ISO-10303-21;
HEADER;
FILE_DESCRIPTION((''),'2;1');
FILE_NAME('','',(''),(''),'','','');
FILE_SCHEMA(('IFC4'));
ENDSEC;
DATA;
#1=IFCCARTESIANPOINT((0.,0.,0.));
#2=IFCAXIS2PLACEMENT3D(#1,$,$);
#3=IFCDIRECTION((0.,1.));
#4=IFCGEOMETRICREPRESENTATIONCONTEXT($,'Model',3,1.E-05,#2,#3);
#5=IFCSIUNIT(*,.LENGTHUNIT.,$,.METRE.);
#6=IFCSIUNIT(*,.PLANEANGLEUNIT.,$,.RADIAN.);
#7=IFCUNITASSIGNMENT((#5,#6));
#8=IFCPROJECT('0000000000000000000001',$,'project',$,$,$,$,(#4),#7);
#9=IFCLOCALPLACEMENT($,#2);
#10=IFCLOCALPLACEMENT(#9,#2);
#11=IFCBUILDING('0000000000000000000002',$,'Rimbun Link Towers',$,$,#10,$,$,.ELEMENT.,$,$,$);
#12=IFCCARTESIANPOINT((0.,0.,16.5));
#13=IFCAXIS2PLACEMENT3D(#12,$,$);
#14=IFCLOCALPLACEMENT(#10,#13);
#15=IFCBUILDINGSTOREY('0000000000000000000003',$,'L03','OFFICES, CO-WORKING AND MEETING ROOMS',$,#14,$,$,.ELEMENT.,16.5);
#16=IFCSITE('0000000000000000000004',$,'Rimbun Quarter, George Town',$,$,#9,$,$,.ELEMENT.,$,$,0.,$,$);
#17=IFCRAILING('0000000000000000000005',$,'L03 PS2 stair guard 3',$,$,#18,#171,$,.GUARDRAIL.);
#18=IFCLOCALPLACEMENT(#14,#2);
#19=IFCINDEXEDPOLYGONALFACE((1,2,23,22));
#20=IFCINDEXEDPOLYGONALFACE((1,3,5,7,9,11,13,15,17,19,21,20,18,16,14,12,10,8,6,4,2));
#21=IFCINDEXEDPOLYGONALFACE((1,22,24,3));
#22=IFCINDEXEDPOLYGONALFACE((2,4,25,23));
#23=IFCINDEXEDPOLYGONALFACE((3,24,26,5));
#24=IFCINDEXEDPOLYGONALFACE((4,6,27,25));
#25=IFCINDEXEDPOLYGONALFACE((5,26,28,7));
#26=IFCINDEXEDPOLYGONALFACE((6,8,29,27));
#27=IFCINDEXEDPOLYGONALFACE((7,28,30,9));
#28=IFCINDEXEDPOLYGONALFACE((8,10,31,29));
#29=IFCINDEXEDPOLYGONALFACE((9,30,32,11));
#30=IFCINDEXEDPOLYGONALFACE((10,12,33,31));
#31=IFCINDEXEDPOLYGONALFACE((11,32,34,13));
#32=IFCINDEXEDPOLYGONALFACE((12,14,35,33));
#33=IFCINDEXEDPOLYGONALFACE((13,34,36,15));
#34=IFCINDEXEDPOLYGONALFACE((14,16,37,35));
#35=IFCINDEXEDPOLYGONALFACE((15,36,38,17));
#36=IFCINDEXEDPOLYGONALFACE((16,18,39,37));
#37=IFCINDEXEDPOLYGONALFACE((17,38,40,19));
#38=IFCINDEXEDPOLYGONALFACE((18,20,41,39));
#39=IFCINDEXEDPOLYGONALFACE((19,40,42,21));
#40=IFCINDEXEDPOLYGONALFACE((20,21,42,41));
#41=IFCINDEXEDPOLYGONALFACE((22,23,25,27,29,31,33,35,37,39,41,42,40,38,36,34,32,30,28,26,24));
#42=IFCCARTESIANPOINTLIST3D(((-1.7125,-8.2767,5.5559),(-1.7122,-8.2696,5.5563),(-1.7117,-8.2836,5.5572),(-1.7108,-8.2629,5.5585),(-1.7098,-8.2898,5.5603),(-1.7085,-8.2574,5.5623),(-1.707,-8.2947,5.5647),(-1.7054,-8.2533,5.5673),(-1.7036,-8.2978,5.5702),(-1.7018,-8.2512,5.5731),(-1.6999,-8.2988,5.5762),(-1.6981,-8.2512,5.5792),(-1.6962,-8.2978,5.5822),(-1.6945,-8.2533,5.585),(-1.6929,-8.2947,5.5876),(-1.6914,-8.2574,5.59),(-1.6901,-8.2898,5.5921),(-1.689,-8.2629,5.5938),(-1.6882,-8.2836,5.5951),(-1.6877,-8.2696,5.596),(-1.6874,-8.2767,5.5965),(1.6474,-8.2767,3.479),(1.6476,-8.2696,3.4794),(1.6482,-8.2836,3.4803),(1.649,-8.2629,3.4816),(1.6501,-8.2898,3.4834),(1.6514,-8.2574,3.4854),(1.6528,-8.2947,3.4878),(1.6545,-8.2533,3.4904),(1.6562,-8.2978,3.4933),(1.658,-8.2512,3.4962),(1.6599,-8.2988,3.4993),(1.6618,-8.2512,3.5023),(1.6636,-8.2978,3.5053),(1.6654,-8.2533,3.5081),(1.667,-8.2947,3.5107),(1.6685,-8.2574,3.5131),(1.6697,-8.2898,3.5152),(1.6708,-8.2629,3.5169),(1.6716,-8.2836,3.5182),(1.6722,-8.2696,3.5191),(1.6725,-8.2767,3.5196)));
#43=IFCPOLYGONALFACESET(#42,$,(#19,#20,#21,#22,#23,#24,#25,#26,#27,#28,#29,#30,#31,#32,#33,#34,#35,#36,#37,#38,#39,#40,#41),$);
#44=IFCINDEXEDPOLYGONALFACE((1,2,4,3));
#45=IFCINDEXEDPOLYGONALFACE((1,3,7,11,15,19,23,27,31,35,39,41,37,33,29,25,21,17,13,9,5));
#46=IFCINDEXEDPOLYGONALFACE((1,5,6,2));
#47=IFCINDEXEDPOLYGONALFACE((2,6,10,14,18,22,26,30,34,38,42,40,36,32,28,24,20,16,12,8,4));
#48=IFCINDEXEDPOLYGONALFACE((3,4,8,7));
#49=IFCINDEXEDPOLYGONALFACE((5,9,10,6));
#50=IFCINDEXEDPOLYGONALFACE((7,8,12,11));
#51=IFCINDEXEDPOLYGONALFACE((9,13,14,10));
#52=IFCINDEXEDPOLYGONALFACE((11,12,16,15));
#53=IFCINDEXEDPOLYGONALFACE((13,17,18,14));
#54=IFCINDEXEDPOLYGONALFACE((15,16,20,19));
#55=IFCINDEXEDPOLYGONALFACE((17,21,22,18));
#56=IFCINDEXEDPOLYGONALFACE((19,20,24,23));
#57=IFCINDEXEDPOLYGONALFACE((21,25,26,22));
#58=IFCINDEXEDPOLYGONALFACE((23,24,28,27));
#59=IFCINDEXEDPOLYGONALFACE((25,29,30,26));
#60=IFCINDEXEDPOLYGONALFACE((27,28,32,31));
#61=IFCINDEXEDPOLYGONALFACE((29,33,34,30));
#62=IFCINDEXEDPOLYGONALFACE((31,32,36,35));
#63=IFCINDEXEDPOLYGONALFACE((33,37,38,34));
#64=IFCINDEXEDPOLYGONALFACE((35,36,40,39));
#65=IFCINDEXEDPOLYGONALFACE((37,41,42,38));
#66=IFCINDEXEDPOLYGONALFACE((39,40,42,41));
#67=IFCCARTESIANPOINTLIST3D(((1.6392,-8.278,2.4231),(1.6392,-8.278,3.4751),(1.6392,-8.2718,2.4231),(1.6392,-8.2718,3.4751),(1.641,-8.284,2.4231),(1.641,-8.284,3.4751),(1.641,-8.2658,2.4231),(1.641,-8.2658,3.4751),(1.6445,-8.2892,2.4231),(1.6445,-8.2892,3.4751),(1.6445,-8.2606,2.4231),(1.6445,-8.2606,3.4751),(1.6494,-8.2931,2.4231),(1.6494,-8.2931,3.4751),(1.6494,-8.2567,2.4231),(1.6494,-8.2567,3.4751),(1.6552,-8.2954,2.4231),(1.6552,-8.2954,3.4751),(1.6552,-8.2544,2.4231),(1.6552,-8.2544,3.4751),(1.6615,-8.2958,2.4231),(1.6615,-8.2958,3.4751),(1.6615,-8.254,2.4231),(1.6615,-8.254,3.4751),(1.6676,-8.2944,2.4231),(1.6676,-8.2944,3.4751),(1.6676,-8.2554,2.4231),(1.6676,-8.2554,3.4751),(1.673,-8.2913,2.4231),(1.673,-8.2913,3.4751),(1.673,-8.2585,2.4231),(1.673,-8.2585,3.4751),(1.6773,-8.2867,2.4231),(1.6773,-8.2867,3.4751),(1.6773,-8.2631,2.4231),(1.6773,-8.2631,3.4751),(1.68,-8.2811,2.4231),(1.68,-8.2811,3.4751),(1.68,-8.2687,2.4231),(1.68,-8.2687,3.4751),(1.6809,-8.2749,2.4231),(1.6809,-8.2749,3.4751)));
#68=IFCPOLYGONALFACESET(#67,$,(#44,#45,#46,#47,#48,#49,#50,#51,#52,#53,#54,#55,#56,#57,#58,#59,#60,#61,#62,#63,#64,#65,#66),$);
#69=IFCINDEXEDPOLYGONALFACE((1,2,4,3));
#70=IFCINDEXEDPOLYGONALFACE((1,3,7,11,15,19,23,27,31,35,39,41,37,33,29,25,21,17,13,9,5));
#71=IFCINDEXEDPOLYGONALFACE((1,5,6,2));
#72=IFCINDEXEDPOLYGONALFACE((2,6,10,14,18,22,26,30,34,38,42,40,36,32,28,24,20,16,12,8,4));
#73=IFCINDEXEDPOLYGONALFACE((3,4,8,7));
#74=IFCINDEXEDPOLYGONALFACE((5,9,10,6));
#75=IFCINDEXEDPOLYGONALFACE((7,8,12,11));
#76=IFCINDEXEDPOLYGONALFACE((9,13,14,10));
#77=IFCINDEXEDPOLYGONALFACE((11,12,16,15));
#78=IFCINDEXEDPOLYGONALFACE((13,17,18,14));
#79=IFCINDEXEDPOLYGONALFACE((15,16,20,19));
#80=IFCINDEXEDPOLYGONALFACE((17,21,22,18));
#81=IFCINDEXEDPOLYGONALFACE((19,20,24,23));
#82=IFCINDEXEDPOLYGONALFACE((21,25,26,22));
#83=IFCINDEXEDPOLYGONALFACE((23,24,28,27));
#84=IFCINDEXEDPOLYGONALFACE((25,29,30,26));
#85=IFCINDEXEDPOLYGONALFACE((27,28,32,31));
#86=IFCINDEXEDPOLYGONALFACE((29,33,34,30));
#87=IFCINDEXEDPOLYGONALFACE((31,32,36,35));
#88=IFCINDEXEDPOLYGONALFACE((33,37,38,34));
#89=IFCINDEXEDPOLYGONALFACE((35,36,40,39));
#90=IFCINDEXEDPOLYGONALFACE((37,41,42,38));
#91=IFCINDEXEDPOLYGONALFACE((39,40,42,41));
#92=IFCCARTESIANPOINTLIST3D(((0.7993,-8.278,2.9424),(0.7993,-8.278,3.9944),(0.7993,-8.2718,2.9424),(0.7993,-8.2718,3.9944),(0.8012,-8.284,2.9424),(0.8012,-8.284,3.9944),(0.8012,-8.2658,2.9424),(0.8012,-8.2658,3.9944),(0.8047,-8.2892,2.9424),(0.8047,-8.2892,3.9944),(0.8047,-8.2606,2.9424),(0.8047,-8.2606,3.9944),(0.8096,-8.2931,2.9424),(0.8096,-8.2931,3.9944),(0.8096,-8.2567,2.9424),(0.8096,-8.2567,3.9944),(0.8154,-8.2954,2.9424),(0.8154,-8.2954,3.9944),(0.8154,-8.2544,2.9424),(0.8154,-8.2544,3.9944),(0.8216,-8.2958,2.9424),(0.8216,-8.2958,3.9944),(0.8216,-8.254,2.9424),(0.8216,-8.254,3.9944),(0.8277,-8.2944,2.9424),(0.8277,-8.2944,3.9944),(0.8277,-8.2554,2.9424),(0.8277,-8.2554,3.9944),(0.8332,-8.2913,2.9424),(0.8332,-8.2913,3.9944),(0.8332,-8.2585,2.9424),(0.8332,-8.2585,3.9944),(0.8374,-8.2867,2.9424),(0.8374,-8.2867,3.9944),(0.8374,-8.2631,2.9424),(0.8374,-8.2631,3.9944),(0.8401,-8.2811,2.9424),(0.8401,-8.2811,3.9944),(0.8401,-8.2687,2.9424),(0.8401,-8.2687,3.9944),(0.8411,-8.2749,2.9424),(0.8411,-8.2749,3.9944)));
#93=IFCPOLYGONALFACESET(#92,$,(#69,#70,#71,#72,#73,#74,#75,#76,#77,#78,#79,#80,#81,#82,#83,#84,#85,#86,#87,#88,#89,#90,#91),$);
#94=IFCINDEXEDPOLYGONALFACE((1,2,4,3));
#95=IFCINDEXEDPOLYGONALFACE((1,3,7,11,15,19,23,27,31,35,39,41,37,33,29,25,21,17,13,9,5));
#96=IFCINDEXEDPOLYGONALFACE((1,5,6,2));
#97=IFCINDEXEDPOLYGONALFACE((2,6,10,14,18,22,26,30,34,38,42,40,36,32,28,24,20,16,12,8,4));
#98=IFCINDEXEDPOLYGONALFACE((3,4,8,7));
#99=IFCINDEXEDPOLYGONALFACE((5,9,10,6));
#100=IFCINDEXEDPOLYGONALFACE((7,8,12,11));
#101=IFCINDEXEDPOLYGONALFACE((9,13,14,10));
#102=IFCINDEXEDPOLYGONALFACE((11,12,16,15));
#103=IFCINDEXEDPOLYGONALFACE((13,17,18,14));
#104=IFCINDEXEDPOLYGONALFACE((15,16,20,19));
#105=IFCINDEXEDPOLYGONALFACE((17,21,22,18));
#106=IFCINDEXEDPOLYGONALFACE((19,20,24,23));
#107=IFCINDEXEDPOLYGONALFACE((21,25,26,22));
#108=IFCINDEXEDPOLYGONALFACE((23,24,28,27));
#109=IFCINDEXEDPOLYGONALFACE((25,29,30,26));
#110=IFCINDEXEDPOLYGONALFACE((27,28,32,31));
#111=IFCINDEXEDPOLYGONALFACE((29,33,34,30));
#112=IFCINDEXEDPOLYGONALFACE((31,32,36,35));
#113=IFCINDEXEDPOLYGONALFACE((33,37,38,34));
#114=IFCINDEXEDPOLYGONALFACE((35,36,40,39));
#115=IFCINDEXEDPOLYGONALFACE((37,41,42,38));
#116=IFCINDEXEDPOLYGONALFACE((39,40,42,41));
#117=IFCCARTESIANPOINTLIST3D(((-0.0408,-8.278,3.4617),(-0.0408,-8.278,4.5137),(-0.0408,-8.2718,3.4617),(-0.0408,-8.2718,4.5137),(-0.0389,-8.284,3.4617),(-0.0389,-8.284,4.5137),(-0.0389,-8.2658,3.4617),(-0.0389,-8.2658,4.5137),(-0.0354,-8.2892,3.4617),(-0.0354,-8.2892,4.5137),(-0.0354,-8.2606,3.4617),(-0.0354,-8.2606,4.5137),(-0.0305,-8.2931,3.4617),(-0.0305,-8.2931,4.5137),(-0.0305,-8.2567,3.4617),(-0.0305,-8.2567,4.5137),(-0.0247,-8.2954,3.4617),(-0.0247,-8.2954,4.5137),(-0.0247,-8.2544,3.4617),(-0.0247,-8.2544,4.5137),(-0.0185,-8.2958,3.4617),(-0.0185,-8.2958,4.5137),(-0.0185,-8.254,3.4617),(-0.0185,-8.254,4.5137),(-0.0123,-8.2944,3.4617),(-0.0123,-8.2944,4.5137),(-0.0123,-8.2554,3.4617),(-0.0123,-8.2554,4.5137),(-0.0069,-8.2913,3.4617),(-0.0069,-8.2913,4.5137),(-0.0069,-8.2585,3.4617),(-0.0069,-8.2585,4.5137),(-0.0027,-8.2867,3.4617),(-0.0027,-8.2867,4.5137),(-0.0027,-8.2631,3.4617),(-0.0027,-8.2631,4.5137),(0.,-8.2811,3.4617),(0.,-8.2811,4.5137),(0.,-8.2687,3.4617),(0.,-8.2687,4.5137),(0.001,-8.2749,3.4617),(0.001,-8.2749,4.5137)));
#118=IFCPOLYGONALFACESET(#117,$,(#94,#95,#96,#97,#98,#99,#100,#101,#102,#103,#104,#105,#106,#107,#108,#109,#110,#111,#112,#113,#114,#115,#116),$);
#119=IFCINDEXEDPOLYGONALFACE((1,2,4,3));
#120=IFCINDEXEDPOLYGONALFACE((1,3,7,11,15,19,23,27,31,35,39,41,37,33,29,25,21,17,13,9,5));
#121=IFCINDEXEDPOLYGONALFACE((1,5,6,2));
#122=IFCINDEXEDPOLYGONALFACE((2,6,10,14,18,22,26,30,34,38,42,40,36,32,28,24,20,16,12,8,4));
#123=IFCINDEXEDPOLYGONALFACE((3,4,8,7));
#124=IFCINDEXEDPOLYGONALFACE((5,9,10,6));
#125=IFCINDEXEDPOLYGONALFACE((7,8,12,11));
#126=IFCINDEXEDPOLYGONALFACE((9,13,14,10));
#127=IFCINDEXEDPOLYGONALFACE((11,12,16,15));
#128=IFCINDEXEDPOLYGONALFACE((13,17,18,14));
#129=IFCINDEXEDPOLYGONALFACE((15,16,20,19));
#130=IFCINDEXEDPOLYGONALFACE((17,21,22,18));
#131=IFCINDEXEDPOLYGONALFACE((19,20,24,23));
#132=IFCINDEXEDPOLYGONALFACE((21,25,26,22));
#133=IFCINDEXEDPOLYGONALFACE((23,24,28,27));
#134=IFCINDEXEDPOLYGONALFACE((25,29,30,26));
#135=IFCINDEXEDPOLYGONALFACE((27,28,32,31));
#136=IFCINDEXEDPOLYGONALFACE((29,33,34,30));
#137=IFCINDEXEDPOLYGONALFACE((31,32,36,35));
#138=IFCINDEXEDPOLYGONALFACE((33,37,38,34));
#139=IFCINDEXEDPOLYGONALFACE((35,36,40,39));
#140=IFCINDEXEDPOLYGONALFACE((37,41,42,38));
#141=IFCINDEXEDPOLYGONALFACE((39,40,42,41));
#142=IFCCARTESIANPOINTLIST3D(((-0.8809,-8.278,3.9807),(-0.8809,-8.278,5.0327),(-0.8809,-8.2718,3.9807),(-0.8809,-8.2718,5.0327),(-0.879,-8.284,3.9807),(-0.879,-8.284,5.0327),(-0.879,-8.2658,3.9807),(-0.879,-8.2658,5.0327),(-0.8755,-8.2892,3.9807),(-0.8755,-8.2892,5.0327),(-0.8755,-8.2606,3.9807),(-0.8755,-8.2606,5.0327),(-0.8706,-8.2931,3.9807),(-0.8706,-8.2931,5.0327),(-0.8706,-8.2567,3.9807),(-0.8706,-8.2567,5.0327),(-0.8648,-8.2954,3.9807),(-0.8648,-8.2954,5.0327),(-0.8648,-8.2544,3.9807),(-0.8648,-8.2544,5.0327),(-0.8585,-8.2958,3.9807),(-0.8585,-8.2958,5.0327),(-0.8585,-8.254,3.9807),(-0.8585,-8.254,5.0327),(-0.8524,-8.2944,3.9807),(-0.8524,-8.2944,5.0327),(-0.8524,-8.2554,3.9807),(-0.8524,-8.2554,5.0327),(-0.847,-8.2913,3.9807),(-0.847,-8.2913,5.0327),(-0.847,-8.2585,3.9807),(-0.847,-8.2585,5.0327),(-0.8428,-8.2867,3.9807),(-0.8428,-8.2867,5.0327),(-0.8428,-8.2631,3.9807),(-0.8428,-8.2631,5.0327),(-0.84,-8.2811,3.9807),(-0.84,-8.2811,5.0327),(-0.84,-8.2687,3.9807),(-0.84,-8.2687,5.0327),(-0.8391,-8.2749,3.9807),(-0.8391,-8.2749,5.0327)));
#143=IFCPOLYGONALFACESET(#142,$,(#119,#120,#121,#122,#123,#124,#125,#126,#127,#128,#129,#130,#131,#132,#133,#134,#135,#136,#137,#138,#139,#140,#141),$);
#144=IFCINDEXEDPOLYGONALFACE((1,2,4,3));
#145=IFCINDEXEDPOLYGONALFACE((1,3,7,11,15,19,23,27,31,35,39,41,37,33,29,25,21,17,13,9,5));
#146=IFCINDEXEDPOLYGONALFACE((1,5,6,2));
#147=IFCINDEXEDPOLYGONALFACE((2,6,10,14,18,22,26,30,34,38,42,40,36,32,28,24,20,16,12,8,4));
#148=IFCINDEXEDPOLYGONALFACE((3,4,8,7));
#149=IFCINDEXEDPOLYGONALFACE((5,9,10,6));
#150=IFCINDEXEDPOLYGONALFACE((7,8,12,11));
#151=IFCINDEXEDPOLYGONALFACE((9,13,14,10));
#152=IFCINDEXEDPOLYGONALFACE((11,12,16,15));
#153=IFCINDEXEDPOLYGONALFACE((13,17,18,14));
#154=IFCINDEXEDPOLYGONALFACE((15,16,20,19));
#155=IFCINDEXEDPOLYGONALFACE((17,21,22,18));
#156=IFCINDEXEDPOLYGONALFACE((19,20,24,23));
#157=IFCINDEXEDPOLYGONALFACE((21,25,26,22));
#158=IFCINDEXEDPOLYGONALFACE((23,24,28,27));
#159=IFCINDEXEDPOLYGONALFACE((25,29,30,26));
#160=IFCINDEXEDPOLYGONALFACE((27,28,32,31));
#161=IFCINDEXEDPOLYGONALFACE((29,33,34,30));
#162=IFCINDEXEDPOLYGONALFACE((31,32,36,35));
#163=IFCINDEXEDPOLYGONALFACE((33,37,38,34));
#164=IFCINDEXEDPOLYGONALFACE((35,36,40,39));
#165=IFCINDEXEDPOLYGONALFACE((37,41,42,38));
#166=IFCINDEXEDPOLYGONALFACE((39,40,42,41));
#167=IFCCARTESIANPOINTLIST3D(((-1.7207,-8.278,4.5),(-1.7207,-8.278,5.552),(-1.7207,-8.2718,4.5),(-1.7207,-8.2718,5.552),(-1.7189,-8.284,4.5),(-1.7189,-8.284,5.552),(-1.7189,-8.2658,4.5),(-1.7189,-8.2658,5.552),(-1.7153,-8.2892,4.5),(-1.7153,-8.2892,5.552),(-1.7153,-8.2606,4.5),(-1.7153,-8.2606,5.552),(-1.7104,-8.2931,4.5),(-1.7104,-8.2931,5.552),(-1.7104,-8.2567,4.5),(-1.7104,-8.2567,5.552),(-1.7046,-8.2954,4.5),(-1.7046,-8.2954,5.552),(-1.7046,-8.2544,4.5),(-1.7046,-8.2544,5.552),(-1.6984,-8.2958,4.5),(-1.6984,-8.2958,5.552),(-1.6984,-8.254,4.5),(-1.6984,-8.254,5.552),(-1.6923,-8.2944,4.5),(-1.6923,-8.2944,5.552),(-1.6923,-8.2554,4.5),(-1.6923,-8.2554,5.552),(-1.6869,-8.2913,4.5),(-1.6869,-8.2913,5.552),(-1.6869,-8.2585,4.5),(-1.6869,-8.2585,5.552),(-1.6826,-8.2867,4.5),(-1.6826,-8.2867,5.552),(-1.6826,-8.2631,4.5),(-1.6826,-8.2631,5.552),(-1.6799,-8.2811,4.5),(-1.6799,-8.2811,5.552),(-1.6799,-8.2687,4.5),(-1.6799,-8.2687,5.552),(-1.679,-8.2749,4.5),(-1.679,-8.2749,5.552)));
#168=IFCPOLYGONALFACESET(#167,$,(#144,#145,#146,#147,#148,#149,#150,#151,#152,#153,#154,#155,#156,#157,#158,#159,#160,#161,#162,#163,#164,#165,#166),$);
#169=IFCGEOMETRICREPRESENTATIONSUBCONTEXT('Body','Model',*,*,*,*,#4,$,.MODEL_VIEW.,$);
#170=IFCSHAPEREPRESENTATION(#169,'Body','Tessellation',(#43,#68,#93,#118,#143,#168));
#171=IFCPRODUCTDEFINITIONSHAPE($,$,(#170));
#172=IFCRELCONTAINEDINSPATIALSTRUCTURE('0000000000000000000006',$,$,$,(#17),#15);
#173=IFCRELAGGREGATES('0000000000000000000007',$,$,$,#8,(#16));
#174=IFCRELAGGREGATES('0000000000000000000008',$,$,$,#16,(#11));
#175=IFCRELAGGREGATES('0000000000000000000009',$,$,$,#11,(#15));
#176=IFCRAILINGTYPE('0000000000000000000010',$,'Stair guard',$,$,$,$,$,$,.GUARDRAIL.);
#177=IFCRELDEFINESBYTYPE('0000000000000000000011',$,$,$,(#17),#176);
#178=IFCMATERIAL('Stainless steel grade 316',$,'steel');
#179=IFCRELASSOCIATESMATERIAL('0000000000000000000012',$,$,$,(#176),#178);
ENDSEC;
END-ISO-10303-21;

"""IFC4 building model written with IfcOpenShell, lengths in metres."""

from ifc_helpers import new_model, si_unit, direction, frame, origin, origin_2d, place, context, subcontext, project, spatial, circle, extrude, material, type_object, element, save


model = new_model("IFC4")

# Units and contexts
model_context = context("Model", 3, precision=1e-05, world=origin(), true_north=direction((0.0, 1.0)))
body_context = subcontext(model_context, "Body", "Model", "MODEL_VIEW")
ifc_project = project(units=[si_unit("LENGTHUNIT", "METRE"), si_unit("PLANEANGLEUNIT", "RADIAN")], contexts=[model_context])

# Site, building, storey
site_placement = place(None, origin())
site = spatial("IfcSite", under=ifc_project, at=site_placement, Name="Rimbun Quarter, George Town", CompositionType="ELEMENT", RefElevation=0.0)
building_placement = place(site_placement, origin())
building = spatial("IfcBuilding", under=site, at=building_placement, Name="Rimbun Link Towers", CompositionType="ELEMENT")
storey_placement = place(building_placement, frame((0.0, 0.0, 16.5)))
storey = spatial("IfcBuildingStorey", under=building, at=storey_placement, Name="L03", Description="OFFICES, CO-WORKING AND MEETING ROOMS", CompositionType="ELEMENT", Elevation=16.5)

# Railing
ifc_material_1 = material(Name="Stainless steel grade 316", Category="steel")
railing_type_1 = type_object("IfcRailingType", Name="Stair guard", PredefinedType="GUARDRAIL", material=ifc_material_1)
railing_1_placement = place(storey_placement, frame((1.6599, -8.2749, 2.4231)))
element("IfcRailing", 1, at=railing_1_placement, inside=storey, type_object=railing_type_1, Name="L03 PS2 stair guard 3", PredefinedType="GUARDRAIL", context=body_context, shape_type="SweptSolid", body=[
    extrude(circle(Radius=0.0239, at=origin_2d()), frame((0.0, 0.0, 1.0762), z_axis=(-0.850606, 0.0, 0.525803), x_axis=(0.0, -1.0, 0.0)), (0.0, 0.0, 1.0), 3.95),
    extrude(circle(Radius=0.021, at=origin_2d()), origin(), (0.0, 0.0, 1.0), 1.052),
    extrude(circle(Radius=0.021, at=origin_2d()), frame((-0.8398, 0.0, 0.5193)), (0.0, 0.0, 1.0), 1.052),
    extrude(circle(Radius=0.021, at=origin_2d()), frame((-1.6799, 0.0, 1.0386)), (0.0, 0.0, 1.0), 1.052),
    extrude(circle(Radius=0.021, at=origin_2d()), frame((-2.52, 0.0, 1.5576)), (0.0, 0.0, 1.0), 1.052),
    extrude(circle(Radius=0.021, at=origin_2d()), frame((-3.3599, 0.0, 2.0769)), (0.0, 0.0, 1.0), 1.052),
])

save(model, "model.ifc")
